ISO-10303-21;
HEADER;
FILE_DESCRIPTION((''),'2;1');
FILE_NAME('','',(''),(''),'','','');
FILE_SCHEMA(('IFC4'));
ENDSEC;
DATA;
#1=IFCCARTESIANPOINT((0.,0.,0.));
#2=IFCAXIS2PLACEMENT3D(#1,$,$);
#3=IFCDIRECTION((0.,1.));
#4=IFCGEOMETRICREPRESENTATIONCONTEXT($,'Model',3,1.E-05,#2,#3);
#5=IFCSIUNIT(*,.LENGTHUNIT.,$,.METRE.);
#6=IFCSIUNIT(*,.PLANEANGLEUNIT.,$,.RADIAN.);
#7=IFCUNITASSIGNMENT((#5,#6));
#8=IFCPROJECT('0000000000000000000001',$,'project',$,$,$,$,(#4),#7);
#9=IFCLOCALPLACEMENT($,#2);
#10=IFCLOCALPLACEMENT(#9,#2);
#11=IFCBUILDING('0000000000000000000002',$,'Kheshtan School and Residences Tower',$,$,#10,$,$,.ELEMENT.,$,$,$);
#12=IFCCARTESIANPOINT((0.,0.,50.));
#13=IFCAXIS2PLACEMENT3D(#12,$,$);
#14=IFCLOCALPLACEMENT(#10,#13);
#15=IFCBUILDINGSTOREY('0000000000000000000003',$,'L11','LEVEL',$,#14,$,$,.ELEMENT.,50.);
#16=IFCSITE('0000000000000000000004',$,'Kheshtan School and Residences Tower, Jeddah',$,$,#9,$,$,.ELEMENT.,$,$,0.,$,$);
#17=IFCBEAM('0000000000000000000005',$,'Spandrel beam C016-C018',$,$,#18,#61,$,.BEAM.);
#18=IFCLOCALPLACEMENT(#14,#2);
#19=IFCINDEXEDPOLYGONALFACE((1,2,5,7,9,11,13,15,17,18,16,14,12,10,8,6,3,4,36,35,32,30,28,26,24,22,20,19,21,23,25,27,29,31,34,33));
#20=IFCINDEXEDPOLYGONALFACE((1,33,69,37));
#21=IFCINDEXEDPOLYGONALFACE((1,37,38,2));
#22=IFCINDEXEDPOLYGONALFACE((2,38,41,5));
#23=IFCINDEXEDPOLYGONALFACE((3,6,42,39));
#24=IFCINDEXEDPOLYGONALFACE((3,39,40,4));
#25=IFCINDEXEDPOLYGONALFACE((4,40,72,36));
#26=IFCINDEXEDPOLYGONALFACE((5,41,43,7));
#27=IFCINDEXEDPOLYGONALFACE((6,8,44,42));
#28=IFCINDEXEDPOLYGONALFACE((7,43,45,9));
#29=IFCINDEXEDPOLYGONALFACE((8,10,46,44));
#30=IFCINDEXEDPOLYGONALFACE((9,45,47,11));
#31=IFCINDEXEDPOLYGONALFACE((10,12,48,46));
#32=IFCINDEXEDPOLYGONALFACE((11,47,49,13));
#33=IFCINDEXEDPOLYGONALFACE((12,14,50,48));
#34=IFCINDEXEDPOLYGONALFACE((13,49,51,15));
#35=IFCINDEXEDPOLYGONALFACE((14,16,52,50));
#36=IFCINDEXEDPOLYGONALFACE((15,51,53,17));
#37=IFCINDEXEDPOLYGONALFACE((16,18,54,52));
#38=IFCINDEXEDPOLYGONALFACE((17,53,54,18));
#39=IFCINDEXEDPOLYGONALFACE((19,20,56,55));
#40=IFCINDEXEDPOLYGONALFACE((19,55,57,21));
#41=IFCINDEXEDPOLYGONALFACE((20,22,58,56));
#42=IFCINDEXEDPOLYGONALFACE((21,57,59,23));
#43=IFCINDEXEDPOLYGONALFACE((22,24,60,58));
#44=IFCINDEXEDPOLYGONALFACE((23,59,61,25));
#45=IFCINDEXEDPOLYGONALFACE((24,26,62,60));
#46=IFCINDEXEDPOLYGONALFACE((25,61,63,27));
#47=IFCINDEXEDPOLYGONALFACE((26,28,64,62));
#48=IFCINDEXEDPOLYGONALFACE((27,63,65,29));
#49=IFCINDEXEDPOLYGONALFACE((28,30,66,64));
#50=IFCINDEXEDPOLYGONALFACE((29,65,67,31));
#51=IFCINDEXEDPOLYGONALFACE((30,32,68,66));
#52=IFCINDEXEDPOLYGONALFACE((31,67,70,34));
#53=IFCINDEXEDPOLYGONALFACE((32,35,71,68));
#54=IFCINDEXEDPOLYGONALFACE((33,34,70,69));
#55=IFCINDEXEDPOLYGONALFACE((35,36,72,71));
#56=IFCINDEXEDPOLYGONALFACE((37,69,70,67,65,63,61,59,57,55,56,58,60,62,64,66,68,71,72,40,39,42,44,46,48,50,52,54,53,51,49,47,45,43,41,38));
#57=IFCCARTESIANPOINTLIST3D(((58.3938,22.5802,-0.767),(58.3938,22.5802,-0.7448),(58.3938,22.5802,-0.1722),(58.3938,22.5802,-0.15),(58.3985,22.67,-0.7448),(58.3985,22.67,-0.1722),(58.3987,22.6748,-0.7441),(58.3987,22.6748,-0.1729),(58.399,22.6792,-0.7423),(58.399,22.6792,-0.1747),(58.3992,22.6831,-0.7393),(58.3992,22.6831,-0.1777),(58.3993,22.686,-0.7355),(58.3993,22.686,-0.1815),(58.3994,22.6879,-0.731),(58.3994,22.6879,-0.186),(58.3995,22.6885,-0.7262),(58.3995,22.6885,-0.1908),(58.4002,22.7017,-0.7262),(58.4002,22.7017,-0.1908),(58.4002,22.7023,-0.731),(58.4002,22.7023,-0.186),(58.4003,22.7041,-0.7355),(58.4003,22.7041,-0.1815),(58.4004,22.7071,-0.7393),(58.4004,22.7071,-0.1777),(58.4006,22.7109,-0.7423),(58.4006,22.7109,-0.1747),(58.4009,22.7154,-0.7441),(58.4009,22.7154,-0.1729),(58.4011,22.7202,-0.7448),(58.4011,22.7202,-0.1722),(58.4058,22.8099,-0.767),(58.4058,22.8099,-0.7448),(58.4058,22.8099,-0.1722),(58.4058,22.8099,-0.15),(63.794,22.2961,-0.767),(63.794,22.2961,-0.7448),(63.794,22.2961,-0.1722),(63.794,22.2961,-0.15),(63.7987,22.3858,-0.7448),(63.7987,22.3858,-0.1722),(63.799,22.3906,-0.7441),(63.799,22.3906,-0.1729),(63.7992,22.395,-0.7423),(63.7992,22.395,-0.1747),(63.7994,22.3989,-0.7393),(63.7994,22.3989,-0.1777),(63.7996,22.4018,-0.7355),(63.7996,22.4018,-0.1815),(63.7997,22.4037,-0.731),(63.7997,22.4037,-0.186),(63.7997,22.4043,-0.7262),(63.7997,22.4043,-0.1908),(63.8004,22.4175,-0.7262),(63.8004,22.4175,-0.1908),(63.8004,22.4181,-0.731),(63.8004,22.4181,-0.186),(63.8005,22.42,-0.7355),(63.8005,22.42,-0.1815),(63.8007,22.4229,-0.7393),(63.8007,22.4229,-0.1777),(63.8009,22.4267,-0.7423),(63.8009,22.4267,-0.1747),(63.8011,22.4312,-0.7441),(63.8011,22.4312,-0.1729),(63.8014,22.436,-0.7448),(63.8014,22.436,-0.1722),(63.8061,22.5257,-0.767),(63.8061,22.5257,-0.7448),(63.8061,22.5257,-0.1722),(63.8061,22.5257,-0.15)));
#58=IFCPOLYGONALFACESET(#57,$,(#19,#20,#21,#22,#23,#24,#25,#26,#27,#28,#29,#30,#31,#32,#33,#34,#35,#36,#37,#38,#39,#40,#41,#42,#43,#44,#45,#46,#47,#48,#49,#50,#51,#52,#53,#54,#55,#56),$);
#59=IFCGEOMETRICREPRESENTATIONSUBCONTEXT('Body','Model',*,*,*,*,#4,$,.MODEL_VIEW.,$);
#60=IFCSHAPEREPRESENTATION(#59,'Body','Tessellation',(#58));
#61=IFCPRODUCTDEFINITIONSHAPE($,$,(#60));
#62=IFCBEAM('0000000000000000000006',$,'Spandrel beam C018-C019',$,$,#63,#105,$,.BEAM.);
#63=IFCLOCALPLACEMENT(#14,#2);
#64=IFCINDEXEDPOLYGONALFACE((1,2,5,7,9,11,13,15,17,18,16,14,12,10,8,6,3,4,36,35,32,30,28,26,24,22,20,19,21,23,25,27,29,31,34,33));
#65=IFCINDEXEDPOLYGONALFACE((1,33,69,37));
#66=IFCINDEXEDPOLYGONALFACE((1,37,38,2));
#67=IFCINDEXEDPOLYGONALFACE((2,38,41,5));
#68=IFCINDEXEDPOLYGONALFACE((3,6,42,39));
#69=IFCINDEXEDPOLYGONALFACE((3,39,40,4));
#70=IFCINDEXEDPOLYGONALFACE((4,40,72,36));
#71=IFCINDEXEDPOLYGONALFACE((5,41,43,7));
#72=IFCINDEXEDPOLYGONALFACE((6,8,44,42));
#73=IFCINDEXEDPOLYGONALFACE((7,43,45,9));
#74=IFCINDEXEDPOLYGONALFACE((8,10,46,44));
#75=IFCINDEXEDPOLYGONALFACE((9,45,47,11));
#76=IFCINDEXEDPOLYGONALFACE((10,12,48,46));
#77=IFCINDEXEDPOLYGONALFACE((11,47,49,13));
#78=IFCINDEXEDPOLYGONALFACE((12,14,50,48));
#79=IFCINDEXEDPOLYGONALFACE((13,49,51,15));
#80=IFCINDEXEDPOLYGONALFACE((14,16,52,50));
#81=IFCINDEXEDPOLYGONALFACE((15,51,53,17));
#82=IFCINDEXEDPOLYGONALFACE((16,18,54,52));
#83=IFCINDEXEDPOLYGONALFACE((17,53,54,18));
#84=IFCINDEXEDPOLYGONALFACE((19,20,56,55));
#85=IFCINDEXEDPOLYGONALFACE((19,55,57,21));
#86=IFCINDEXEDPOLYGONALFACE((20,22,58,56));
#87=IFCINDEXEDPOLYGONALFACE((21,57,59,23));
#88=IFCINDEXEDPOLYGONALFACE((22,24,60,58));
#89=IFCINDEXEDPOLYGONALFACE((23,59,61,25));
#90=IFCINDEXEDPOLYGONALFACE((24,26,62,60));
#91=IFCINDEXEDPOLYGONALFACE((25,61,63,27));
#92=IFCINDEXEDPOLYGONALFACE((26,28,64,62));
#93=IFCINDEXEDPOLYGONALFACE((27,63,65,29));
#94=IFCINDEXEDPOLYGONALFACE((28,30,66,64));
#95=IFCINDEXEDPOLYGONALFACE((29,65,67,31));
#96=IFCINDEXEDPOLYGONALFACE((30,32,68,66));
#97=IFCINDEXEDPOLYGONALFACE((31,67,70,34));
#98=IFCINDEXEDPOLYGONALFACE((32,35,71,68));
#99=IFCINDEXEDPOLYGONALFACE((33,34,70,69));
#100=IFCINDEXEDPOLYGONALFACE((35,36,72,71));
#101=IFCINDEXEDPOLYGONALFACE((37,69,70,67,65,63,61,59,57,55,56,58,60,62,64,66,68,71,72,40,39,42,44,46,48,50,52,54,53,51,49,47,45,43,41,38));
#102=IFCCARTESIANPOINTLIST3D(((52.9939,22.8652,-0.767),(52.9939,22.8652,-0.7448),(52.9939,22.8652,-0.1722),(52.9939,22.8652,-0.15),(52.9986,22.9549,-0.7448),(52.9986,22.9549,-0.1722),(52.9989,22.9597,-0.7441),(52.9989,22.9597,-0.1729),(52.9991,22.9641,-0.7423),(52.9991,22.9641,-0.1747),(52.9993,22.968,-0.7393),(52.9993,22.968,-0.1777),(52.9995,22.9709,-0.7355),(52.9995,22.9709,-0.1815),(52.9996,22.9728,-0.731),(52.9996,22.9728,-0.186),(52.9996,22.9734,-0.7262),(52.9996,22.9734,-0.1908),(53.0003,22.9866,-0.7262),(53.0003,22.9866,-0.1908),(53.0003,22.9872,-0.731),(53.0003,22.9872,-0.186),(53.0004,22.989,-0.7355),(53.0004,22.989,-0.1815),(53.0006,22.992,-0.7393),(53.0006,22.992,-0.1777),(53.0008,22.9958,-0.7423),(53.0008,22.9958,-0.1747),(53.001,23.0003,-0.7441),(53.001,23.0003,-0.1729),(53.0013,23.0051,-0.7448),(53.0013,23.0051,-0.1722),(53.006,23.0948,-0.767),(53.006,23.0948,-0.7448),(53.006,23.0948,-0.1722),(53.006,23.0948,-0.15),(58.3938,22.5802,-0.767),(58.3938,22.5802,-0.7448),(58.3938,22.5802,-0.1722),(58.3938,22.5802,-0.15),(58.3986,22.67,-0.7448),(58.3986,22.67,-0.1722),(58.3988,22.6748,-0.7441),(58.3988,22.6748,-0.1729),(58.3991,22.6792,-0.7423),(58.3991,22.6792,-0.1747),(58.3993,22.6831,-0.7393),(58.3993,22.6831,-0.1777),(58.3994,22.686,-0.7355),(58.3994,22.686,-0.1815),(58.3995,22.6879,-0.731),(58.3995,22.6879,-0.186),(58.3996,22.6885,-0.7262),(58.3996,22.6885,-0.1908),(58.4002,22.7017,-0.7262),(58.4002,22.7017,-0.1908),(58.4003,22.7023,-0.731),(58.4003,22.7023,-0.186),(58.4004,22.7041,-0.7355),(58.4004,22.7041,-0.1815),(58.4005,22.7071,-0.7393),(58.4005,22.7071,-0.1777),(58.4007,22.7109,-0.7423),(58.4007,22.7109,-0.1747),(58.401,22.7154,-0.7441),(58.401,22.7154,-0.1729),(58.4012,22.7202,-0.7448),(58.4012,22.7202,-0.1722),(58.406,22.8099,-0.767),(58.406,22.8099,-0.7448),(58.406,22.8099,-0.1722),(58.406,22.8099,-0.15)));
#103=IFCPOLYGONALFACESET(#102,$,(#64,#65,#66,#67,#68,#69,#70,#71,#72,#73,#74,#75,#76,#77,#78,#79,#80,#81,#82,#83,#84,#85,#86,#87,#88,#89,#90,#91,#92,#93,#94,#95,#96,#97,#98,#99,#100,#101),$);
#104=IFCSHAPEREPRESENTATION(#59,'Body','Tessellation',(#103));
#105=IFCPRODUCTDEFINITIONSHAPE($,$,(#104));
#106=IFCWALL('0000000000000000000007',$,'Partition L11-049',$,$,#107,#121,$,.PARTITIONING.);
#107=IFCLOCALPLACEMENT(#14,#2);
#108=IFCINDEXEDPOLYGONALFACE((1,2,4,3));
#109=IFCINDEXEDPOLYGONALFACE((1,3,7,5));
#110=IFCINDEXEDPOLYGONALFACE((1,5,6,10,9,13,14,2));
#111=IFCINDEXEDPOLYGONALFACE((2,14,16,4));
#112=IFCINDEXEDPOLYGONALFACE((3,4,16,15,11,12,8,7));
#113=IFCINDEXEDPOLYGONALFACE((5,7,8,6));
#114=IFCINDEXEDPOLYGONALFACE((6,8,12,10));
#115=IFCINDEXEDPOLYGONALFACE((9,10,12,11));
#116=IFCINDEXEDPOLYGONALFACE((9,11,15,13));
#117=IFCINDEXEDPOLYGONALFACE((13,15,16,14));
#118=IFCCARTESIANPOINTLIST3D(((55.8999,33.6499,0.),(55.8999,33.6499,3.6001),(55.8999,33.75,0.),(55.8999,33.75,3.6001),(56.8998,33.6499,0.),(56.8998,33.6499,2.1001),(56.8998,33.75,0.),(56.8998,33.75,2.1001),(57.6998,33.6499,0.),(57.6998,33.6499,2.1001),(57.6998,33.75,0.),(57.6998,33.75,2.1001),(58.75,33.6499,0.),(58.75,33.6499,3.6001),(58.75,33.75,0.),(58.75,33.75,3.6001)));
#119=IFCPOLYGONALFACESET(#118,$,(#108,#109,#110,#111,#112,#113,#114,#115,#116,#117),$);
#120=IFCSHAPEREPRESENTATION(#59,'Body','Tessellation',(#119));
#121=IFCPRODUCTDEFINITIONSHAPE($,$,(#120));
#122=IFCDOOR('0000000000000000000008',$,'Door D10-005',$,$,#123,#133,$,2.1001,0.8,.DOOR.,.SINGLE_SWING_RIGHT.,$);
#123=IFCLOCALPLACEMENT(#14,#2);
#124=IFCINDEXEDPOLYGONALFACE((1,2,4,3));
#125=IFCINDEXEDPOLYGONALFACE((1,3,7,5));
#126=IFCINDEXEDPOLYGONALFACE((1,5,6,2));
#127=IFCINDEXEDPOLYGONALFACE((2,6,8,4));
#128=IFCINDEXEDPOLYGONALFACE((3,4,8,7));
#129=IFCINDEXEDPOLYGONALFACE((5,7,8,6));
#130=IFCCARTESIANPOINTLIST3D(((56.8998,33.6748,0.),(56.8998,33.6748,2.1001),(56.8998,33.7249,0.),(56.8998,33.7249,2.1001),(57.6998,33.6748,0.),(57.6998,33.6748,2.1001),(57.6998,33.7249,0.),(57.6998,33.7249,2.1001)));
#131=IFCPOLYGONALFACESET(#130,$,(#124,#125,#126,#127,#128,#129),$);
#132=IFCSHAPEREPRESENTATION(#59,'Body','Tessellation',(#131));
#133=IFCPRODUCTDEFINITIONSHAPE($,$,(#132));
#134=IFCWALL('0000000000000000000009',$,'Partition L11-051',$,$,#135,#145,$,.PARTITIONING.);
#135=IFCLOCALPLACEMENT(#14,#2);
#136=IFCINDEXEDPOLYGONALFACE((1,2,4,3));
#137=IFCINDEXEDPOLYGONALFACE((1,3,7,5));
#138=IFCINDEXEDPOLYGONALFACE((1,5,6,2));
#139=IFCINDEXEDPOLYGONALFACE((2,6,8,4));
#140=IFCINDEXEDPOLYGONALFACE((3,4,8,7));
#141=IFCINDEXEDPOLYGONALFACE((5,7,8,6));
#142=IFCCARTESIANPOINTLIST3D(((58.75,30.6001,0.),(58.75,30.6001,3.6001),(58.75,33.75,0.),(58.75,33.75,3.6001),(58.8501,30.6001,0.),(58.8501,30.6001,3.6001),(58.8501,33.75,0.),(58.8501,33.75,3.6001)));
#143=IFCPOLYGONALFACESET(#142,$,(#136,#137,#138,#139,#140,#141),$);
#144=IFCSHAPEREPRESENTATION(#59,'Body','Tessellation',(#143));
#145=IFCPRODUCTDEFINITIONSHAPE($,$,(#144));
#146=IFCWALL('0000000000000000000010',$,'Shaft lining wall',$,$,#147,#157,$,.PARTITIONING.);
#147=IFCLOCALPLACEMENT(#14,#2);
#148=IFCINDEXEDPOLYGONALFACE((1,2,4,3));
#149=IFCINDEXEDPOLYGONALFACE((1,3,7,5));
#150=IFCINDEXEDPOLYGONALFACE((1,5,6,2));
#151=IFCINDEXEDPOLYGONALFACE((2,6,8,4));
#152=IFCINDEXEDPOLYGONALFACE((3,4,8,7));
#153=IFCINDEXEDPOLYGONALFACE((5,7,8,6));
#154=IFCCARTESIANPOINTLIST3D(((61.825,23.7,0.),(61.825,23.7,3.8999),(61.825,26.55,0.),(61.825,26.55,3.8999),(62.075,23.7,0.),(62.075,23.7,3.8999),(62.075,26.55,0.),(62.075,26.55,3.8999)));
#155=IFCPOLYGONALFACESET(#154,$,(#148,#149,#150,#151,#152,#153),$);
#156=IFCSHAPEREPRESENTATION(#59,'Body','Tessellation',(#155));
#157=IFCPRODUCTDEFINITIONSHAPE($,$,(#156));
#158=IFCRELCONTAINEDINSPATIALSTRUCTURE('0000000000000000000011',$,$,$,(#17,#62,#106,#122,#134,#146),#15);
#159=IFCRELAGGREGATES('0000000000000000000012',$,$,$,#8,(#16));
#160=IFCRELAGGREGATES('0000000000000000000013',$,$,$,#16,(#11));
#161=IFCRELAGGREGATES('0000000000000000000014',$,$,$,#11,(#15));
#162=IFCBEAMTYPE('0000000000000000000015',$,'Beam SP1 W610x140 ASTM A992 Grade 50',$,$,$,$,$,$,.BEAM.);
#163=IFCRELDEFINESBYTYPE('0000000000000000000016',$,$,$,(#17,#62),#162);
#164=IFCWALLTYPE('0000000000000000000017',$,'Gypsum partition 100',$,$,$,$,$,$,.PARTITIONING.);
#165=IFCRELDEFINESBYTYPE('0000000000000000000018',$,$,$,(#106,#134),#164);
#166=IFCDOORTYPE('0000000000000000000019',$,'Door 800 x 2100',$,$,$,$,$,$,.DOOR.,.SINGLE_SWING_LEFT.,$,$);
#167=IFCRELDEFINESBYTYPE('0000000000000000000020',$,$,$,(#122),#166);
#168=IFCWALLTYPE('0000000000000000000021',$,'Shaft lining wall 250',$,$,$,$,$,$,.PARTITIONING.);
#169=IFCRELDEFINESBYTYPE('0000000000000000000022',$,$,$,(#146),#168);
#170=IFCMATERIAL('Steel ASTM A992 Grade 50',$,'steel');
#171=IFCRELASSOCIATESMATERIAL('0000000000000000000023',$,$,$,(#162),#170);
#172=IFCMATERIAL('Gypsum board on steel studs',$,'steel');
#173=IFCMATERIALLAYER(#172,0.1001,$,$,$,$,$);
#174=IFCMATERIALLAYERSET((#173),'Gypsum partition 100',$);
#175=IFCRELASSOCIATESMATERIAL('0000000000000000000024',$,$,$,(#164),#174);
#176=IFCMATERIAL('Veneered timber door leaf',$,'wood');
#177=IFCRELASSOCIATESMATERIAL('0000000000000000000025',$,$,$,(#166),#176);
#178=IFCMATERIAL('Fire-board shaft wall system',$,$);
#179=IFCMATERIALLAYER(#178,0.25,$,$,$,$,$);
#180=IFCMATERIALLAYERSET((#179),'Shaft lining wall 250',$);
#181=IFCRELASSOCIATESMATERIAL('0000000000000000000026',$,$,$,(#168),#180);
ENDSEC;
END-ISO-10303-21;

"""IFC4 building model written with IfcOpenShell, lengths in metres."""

from ifc_helpers import new_model, si_unit, direction, frame, frame_2d, origin, origin_2d, place, context, subcontext, project, spatial, rectangle, i_section, extrude, source, transform, mapped, material, layer, layer_set, material_profile, profile_set, type_object, element, fill, save


model = new_model("IFC4")

# Units and contexts
model_context = context("Model", 3, precision=1e-05, world=origin(), true_north=direction((0.0, 1.0)))
body_context = subcontext(model_context, "Body", "Model", "MODEL_VIEW")
ifc_project = project(units=[si_unit("LENGTHUNIT", "METRE"), si_unit("PLANEANGLEUNIT", "RADIAN")], contexts=[model_context])

# Site, building, storey
site_placement = place(None, origin())
site = spatial("IfcSite", under=ifc_project, at=site_placement, Name="Kheshtan School and Residences Tower, Jeddah", CompositionType="ELEMENT", RefElevation=0.0)
building_placement = place(site_placement, origin())
building = spatial("IfcBuilding", under=site, at=building_placement, Name="Kheshtan School and Residences Tower", CompositionType="ELEMENT")
storey_placement = place(building_placement, frame((0.0, 0.0, 50.0)))
storey = spatial("IfcBuildingStorey", under=building, at=storey_placement, Name="L11", Description="LEVEL", CompositionType="ELEMENT", Elevation=50.0)

# Shared definitions
ifc_material_1 = material(Name="Steel ASTM A992 Grade 50", Category="steel")

# Beams
ifc_material_profile_1 = material_profile(ifc_material_1, i_section(OverallWidth=0.23, OverallDepth=0.6169, WebThickness=0.0132, FlangeThickness=0.0222, FilletRadius=0.0186, at=origin_2d()), Name="W610x140")
ifc_profile_set_1 = profile_set([ifc_material_profile_1], Name="Steel ASTM A992 Grade 50")
beam_type_1 = type_object("IfcBeamType", Name="Beam SP1 W610x140 ASTM A992 Grade 50", PredefinedType="BEAM", material=ifc_profile_set_1)
beam_1_placement = place(storey_placement, frame((63.8, 22.4109, -0.4585), z_axis=(-0.998618, 0.052552, 0.0), x_axis=(-0.052552, -0.998618, 0.0)))
element("IfcBeam", 1, at=beam_1_placement, inside=storey, type_object=beam_type_1, Name="Spandrel beam C016-C018", PredefinedType="BEAM", context=body_context, shape_type="SweptSolid", body=[
    extrude(i_section(OverallWidth=0.23, OverallDepth=0.6169, WebThickness=0.0132, FlangeThickness=0.0222, FilletRadius=0.0186, at=origin_2d()), origin(), (0.0, 0.0, 1.0), 5.4077),
])
beam_2_placement = place(storey_placement, frame((58.3999, 22.6951, -0.4585), z_axis=(-0.998611, 0.052689, 0.0), x_axis=(-0.052689, -0.998611, 0.0)))
element("IfcBeam", 2, at=beam_2_placement, inside=storey, type_object=beam_type_1, Name="Spandrel beam C018-C019", PredefinedType="BEAM", context=body_context, shape_type="SweptSolid", body=[
    extrude(i_section(OverallWidth=0.23, OverallDepth=0.6169, WebThickness=0.0132, FlangeThickness=0.0222, FilletRadius=0.0186, at=origin_2d()), origin(), (0.0, 0.0, 1.0), 5.4075),
])

# Wall, opening, door
ifc_material_2 = material(Name="Gypsum board on steel studs", Category="steel")
ifc_layer_1 = layer(ifc_material_2, 0.1001)
ifc_layer_set_1 = layer_set([ifc_layer_1], Name="Gypsum partition 100")
wall_type_1 = type_object("IfcWallType", Name="Gypsum partition 100", PredefinedType="PARTITIONING", material=ifc_layer_set_1)
wall_1_placement = place(storey_placement, frame((55.8999, 33.7, 0.0), z_axis=(0.0, 0.0, 1.0), x_axis=(1.0, 0.0, 0.0)))
wall_1 = element("IfcWall", 3, at=wall_1_placement, inside=storey, type_object=wall_type_1, Name="Partition L11-049", PredefinedType="PARTITIONING", context=body_context, shape_type="SweptSolid", body=[
    extrude(rectangle(XDim=2.8501, YDim=0.1001, at=frame_2d((1.425, 0.0))), origin(), (0.0, 0.0, 1.0), 3.6001),
])
opening_1_placement = place(wall_1_placement, frame((1.0, 0.0, 0.0)))
opening_1 = element("IfcOpeningElement", 4, at=opening_1_placement, cuts=wall_1, PredefinedType="OPENING", context=body_context, shape_type="SweptSolid", body=[
    extrude(rectangle(XDim=0.8, YDim=2.1001, at=frame_2d((0.3999, 1.05))), frame((0.0, 0.0601, 0.0), z_axis=(0.0, -1.0, 0.0), x_axis=(1.0, 0.0, 0.0)), (0.0, 0.0, 1.0), 0.1201),
])
ifc_material_3 = material(Name="Veneered timber door leaf", Category="wood")
door_type_1 = type_object("IfcDoorType", Name="Door 800 x 2100", OperationType="SINGLE_SWING_LEFT", PredefinedType="DOOR", material=ifc_material_3)
shared_shape_1 = source(origin(), body_context, "Body", "SweptSolid", [
    extrude(rectangle(XDim=0.8, YDim=2.1001, at=frame_2d((0.3999, 1.05))), frame((0.0, 0.0249, 0.0), z_axis=(0.0, -1.0, 0.0), x_axis=(1.0, 0.0, 0.0)), (0.0, 0.0, 1.0), 0.05),
])
door_1_placement = place(opening_1_placement, origin())
door_1 = element("IfcDoor", 5, at=door_1_placement, inside=storey, type_object=door_type_1, Name="Door D10-005", OperationType="SINGLE_SWING_RIGHT", OverallHeight=2.1001, OverallWidth=0.8, PredefinedType="DOOR", context=body_context, shape_type="MappedRepresentation", body=[
    mapped(shared_shape_1, transform((0.0, 0.0, 0.0), x_axis=(1.0, 0.0, 0.0), y_axis=(0.0, 1.0, 0.0), z_axis=(0.0, 0.0, 1.0), scale=1.0)),
])
fill(opening_1, door_1)

# Walls
wall_2_placement = place(storey_placement, frame((58.8, 30.6001, 0.0), z_axis=(0.0, 0.0, 1.0), x_axis=(0.0, 1.0, 0.0)))
element("IfcWall", 6, at=wall_2_placement, inside=storey, type_object=wall_type_1, Name="Partition L11-051", PredefinedType="PARTITIONING", context=body_context, shape_type="SweptSolid", body=[
    extrude(rectangle(XDim=3.1499, YDim=0.1001, at=frame_2d((1.575, 0.0))), origin(), (0.0, 0.0, 1.0), 3.6001),
])
ifc_material_4 = material(Name="Fire-board shaft wall system")
ifc_layer_2 = layer(ifc_material_4, 0.25)
ifc_layer_set_2 = layer_set([ifc_layer_2], Name="Shaft lining wall 250")
wall_type_2 = type_object("IfcWallType", Name="Shaft lining wall 250", PredefinedType="PARTITIONING", material=ifc_layer_set_2)
wall_3_placement = place(storey_placement, frame((61.95, 23.7, 0.0), z_axis=(0.0, 0.0, 1.0), x_axis=(0.0, 1.0, 0.0)))
element("IfcWall", 7, at=wall_3_placement, inside=storey, type_object=wall_type_2, Name="Shaft lining wall", PredefinedType="PARTITIONING", context=body_context, shape_type="SweptSolid", body=[
    extrude(rectangle(XDim=2.8501, YDim=0.25, at=frame_2d((1.425, 0.0))), origin(), (0.0, 0.0, 1.0), 3.8999),
])

save(model, "model.ifc")
